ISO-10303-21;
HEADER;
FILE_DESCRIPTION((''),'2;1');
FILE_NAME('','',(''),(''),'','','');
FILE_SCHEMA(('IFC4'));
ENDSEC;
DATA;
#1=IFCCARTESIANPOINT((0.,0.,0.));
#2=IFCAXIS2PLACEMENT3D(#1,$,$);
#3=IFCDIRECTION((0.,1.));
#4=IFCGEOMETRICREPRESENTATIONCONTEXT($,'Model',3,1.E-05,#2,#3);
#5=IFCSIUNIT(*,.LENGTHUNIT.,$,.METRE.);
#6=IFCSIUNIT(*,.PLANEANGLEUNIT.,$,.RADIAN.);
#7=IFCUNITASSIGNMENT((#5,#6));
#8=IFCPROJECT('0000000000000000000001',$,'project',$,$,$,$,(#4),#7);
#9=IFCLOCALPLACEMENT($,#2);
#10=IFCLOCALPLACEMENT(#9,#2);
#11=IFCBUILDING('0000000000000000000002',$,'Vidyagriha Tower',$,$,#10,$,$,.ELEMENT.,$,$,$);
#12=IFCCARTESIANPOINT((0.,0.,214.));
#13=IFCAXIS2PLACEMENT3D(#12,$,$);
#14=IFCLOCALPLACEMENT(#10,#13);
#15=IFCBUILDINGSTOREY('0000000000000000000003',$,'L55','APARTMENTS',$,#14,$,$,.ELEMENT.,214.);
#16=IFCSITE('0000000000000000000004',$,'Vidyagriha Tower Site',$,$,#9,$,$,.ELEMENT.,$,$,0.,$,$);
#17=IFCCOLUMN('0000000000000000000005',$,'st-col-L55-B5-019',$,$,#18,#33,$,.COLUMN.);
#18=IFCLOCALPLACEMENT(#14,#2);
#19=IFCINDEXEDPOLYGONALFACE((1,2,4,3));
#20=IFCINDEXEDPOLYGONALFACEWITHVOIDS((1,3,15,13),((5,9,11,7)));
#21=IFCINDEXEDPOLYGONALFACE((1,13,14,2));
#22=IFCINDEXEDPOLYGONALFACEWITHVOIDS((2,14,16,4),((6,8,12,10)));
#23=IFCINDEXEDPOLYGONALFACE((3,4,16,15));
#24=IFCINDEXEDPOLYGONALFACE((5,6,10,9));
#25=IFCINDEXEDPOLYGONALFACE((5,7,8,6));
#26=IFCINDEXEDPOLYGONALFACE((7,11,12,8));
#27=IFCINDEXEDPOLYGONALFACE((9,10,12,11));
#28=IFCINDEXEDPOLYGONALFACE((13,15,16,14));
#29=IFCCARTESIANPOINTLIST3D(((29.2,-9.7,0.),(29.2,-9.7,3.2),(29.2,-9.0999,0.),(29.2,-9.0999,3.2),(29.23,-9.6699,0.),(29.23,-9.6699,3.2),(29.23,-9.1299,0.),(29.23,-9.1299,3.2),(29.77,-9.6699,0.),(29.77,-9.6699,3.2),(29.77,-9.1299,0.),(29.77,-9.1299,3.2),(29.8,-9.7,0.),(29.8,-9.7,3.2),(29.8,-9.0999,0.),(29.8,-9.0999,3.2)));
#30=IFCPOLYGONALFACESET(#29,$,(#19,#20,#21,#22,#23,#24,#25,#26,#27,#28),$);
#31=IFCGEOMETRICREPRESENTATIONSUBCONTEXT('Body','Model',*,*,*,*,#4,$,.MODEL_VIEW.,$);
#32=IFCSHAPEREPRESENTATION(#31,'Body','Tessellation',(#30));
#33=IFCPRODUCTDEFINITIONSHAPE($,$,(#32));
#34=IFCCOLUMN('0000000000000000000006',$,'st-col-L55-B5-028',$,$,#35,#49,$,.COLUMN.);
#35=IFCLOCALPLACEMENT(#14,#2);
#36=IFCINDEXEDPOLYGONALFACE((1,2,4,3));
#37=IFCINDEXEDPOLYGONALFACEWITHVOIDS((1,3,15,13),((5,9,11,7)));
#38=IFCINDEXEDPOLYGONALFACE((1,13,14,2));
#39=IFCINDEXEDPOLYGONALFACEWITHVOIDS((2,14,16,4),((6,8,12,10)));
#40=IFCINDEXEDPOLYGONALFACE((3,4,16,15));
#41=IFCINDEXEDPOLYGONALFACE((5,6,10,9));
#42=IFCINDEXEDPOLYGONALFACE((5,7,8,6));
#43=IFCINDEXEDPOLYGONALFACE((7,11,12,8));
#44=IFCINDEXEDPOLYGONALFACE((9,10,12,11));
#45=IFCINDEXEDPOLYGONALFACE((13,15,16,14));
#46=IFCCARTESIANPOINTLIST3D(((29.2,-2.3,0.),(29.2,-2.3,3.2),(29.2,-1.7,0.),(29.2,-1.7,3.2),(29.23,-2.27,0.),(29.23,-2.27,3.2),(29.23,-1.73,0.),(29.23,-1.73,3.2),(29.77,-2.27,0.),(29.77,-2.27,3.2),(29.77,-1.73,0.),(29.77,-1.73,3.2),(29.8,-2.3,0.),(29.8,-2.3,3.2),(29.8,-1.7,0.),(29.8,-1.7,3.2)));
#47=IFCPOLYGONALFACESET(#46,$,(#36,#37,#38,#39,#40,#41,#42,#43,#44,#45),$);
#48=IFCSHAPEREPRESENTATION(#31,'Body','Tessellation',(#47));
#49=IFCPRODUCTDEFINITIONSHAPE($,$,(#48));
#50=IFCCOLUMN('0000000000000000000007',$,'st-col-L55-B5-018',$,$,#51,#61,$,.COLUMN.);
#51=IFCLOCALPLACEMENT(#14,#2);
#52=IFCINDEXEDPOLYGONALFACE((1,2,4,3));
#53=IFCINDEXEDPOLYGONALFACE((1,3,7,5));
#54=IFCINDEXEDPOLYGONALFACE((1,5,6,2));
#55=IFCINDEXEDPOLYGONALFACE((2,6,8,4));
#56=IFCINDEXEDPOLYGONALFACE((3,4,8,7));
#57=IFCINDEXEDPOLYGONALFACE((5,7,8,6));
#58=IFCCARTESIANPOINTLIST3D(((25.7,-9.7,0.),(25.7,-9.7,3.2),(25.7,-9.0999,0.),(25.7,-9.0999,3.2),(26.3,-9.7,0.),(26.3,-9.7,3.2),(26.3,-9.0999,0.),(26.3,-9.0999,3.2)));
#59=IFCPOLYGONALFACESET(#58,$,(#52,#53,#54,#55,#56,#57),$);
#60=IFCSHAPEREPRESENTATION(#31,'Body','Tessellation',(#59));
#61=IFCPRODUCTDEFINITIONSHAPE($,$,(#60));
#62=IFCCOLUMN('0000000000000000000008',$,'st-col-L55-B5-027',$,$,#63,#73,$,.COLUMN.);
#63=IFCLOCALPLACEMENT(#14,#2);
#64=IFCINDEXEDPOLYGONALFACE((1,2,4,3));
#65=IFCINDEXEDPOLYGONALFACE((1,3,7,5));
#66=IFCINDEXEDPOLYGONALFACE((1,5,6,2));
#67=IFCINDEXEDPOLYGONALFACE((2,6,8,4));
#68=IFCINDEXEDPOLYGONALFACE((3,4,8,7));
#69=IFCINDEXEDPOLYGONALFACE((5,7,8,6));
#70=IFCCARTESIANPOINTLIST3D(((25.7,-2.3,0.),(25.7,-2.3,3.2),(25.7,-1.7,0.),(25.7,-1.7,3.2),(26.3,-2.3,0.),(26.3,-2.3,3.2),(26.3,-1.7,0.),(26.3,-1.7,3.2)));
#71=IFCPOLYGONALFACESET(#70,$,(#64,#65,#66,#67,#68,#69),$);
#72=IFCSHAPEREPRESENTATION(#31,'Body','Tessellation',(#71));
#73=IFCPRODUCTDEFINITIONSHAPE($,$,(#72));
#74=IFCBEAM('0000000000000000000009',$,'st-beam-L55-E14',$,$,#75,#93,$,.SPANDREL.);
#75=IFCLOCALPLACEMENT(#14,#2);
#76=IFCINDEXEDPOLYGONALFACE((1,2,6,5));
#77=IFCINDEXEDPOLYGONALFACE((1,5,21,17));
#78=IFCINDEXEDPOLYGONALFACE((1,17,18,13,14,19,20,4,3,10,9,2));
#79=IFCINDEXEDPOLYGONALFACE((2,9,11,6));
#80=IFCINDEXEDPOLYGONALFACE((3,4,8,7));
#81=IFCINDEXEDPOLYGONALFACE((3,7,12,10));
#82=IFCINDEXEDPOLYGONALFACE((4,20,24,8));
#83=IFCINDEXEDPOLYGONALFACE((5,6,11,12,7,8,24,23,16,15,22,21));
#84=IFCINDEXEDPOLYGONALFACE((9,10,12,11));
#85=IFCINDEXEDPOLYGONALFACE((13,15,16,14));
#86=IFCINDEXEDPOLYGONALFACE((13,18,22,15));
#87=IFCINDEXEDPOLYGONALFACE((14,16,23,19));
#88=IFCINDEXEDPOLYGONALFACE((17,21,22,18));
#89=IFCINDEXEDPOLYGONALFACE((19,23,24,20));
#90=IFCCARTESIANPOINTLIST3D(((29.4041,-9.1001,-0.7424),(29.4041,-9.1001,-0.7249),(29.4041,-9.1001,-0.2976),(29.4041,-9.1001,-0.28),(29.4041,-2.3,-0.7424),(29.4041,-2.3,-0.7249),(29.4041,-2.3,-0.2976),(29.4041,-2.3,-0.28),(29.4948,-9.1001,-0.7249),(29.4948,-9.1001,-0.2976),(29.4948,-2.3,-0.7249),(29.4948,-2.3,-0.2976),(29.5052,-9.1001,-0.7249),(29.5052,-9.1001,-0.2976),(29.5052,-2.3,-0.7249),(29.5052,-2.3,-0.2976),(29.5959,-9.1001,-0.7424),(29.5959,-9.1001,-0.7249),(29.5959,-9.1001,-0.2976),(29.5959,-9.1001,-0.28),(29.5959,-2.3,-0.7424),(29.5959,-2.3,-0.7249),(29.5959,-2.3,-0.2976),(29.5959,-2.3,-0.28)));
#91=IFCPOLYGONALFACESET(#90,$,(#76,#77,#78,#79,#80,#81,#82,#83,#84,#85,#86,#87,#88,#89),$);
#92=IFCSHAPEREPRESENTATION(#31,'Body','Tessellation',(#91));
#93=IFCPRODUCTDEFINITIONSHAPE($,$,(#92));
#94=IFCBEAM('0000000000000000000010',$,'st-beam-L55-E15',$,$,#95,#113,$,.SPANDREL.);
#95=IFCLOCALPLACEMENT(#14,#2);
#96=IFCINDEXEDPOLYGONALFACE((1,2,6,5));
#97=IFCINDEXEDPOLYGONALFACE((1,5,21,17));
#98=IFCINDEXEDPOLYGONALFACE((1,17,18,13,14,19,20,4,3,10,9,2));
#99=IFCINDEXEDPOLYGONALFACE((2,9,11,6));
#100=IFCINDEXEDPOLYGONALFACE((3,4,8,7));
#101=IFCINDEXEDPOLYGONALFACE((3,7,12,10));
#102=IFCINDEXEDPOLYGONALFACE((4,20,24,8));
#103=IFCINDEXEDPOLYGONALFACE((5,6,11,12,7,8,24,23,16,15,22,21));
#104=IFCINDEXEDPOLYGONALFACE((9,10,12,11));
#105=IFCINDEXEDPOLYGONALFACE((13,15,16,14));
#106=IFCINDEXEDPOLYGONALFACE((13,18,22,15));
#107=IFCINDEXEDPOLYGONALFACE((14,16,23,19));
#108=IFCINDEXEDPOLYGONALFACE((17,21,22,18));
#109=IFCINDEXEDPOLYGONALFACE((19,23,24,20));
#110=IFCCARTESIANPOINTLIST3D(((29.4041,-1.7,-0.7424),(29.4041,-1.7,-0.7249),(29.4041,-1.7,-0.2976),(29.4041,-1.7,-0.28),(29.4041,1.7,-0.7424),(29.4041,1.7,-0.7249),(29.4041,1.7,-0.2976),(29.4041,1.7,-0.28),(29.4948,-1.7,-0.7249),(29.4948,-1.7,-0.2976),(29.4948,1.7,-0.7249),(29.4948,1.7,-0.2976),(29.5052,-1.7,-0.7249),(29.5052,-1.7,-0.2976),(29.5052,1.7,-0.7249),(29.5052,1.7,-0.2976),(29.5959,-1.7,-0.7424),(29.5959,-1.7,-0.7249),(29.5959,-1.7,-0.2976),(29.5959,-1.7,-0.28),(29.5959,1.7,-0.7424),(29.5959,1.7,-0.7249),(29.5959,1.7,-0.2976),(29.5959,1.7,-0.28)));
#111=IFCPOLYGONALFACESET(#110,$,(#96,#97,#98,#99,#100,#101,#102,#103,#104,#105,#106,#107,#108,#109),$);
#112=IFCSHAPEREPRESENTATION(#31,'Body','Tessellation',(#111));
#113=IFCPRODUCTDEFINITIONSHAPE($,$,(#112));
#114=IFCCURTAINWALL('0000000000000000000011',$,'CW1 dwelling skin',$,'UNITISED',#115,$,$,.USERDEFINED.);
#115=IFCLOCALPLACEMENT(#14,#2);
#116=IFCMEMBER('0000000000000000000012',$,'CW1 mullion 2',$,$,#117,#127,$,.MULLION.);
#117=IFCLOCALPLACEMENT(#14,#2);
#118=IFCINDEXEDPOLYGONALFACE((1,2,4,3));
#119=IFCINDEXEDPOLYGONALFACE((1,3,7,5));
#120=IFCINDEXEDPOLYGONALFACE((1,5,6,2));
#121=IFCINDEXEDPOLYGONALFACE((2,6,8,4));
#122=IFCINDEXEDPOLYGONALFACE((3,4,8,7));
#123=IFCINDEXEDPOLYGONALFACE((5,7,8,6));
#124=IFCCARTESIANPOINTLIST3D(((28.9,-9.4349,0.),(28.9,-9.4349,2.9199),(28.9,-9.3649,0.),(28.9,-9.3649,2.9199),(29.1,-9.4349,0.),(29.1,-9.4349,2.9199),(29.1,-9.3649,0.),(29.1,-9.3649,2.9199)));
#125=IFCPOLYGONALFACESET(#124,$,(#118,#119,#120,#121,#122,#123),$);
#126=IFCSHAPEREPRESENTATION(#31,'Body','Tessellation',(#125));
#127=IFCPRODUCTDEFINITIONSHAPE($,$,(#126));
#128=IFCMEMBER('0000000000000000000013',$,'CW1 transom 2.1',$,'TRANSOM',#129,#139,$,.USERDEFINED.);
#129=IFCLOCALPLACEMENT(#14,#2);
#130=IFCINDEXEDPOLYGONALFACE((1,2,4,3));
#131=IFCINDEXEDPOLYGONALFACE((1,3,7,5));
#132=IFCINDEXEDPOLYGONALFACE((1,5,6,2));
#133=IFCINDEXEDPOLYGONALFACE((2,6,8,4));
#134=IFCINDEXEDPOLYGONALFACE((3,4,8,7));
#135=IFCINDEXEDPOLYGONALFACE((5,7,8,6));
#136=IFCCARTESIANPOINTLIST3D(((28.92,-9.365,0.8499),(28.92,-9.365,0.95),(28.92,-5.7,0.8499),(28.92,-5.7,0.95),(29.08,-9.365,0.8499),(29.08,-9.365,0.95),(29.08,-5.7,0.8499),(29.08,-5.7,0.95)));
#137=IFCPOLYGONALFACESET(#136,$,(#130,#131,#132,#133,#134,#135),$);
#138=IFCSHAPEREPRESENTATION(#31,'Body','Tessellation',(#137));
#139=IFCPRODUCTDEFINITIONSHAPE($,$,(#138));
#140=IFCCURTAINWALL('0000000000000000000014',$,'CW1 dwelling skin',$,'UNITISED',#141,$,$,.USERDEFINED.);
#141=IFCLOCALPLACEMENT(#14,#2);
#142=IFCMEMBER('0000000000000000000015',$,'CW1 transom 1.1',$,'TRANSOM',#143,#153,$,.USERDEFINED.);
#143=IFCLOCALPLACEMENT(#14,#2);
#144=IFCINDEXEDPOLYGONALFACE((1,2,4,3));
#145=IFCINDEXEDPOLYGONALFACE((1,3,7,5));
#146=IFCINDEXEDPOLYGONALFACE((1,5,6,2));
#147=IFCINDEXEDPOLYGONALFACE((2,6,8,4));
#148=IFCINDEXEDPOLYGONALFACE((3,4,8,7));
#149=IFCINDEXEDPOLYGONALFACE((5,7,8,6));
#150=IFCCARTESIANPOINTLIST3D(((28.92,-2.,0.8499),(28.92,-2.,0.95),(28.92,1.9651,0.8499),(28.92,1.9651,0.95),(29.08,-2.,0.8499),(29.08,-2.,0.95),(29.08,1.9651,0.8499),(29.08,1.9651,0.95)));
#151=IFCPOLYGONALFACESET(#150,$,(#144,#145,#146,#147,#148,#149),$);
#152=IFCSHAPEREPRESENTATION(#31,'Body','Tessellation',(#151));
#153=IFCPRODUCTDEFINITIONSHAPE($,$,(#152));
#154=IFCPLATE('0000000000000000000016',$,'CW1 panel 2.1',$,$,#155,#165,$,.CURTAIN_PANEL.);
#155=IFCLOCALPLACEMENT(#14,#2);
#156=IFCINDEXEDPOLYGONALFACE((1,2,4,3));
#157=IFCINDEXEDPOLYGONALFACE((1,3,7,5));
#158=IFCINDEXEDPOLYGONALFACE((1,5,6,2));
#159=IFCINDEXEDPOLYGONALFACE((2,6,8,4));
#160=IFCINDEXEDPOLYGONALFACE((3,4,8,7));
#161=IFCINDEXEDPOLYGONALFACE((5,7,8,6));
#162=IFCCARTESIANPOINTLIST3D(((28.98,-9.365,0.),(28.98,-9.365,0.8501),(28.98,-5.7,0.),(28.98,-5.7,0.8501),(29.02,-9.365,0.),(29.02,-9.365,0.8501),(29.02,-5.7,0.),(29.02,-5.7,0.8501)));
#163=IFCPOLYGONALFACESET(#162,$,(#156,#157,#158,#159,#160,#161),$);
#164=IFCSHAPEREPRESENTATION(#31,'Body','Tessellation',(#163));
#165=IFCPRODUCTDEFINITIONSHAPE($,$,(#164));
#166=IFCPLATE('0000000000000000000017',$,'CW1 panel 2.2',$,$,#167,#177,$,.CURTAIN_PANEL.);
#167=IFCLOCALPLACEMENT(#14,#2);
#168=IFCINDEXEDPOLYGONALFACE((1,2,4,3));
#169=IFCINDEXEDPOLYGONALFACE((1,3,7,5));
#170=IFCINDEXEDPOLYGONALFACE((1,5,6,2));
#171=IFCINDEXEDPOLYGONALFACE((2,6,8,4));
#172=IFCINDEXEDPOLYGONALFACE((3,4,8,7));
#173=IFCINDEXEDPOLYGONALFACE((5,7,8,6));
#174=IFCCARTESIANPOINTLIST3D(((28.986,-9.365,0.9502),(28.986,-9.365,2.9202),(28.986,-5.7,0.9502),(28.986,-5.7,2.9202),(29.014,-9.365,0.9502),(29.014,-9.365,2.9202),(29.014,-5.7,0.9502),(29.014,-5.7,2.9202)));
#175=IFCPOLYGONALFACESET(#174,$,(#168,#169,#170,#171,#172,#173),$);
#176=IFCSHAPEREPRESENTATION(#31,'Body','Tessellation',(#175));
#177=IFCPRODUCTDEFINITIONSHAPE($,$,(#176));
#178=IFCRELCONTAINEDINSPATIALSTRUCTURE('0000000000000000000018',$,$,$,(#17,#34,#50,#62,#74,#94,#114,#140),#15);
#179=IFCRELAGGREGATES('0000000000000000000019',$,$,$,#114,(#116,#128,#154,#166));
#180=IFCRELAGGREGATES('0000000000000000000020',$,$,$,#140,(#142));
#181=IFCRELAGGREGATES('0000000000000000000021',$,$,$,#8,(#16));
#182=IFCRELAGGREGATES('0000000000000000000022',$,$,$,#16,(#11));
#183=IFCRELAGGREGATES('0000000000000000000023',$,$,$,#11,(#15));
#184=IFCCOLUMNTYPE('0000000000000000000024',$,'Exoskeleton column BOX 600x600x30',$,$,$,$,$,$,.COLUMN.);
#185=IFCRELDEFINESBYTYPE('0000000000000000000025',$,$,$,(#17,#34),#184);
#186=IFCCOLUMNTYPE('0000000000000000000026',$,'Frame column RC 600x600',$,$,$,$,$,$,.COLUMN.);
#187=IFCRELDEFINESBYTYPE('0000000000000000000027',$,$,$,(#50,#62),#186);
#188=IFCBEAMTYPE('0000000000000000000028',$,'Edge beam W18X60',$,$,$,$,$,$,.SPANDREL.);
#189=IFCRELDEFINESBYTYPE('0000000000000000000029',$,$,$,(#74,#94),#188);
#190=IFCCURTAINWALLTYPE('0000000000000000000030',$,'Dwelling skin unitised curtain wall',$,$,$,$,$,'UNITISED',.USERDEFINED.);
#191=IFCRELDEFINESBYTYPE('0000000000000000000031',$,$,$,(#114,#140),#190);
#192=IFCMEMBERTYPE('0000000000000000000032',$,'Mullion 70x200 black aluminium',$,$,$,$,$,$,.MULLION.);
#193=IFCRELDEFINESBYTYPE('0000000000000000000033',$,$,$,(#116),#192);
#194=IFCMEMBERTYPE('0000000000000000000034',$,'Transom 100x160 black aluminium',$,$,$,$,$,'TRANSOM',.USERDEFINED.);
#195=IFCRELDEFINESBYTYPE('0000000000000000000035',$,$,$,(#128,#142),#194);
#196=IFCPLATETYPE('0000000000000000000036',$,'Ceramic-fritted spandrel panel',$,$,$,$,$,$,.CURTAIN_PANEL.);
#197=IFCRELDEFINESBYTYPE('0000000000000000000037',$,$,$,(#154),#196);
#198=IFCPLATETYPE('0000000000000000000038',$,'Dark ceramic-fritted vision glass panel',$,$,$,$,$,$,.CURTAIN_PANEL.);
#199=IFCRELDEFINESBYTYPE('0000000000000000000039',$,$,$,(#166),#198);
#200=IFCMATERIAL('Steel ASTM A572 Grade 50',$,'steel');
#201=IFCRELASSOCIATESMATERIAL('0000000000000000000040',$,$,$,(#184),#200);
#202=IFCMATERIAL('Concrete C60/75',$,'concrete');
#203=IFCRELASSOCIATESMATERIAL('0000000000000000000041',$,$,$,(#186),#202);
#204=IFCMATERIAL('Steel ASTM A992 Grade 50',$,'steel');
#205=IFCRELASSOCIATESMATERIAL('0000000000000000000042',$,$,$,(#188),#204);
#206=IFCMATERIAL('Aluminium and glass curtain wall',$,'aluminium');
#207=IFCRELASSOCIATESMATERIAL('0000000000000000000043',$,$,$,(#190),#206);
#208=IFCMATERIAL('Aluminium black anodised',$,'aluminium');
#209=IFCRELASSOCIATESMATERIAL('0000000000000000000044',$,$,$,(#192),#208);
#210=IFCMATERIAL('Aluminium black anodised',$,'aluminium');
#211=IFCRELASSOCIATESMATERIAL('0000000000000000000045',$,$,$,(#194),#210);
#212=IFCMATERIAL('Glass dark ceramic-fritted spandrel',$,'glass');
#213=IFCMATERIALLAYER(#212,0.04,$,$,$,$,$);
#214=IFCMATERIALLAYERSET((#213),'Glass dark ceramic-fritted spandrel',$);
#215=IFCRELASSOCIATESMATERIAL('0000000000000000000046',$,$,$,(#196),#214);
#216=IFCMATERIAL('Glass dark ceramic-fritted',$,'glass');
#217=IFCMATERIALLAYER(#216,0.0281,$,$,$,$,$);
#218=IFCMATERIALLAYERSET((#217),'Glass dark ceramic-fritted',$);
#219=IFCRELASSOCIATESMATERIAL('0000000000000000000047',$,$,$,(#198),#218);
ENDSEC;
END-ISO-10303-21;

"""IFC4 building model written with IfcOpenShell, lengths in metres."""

from ifc_helpers import new_model, si_unit, direction, frame, origin, origin_2d, place, context, subcontext, project, spatial, rectangle, hollow_rectangle, i_section, extrude, material, layer, layer_set, material_profile, profile_set, type_object, element, aggregate, save


model = new_model("IFC4")

# Units and contexts
model_context = context("Model", 3, precision=1e-05, world=origin(), true_north=direction((0.0, 1.0)))
body_context = subcontext(model_context, "Body", "Model", "MODEL_VIEW")
ifc_project = project(units=[si_unit("LENGTHUNIT", "METRE"), si_unit("PLANEANGLEUNIT", "RADIAN")], contexts=[model_context])

# Site, building, storey
site_placement = place(None, origin())
site = spatial("IfcSite", under=ifc_project, at=site_placement, Name="Vidyagriha Tower Site", CompositionType="ELEMENT", RefElevation=0.0)
building_placement = place(site_placement, origin())
building = spatial("IfcBuilding", under=site, at=building_placement, Name="Vidyagriha Tower", CompositionType="ELEMENT")
storey_placement = place(building_placement, frame((0.0, 0.0, 214.0)))
storey = spatial("IfcBuildingStorey", under=building, at=storey_placement, Name="L55", Description="APARTMENTS", CompositionType="ELEMENT", Elevation=214.0)

# Columns
ifc_material_1 = material(Name="Steel ASTM A572 Grade 50", Category="steel")
ifc_material_profile_1 = material_profile(ifc_material_1, hollow_rectangle(XDim=0.6001, YDim=0.6001, WallThickness=0.03, at=origin_2d()), Name="BOX 600x600x30")
ifc_profile_set_1 = profile_set([ifc_material_profile_1], Name="Steel ASTM A572 Grade 50")
column_type_1 = type_object("IfcColumnType", Name="Exoskeleton column BOX 600x600x30", PredefinedType="COLUMN", material=ifc_profile_set_1)
for number, where, name in (
    (1, (29.5, -9.3999, 0.0), "st-col-L55-B5-019"),
    (2, (29.5, -2.0, 0.0), "st-col-L55-B5-028"),
):
    element("IfcColumn", number, at=place(storey_placement, frame(where)), inside=storey, type_object=column_type_1, Name=name, PredefinedType="COLUMN", context=body_context, shape_type="SweptSolid", body=[
        extrude(hollow_rectangle(XDim=0.6001, YDim=0.6001, WallThickness=0.03, at=origin_2d()), origin(), (0.0, 0.0, 1.0), 3.2),
    ])
ifc_material_2 = material(Name="Concrete C60/75", Category="concrete")
ifc_material_profile_2 = material_profile(ifc_material_2, rectangle(XDim=0.6001, YDim=0.6001, at=origin_2d()), Name="RC 600x600")
ifc_profile_set_2 = profile_set([ifc_material_profile_2], Name="Concrete C60/75")
column_type_2 = type_object("IfcColumnType", Name="Frame column RC 600x600", PredefinedType="COLUMN", material=ifc_profile_set_2)
for number, where, name in (
    (3, (26.0, -9.3999, 0.0), "st-col-L55-B5-018"),
    (4, (26.0, -2.0, 0.0), "st-col-L55-B5-027"),
):
    element("IfcColumn", number, at=place(storey_placement, frame(where)), inside=storey, type_object=column_type_2, Name=name, PredefinedType="COLUMN", context=body_context, shape_type="SweptSolid", body=[
        extrude(rectangle(XDim=0.6001, YDim=0.6001, at=origin_2d()), origin(), (0.0, 0.0, 1.0), 3.2),
    ])

# Beams
ifc_material_3 = material(Name="Steel ASTM A992 Grade 50", Category="steel")
ifc_material_profile_3 = material_profile(ifc_material_3, i_section(OverallWidth=0.1919, OverallDepth=0.4624, WebThickness=0.0105, FlangeThickness=0.0176, at=origin_2d()), Name="W18X60")
ifc_profile_set_3 = profile_set([ifc_material_profile_3], Name="Steel ASTM A992 Grade 50")
beam_type = type_object("IfcBeamType", Name="Edge beam W18X60", PredefinedType="SPANDREL", material=ifc_profile_set_3)
beam_1_placement = place(storey_placement, frame((29.5, -9.1001, -0.5112), z_axis=(0.0, 1.0, 0.0), x_axis=(-1.0, 0.0, 0.0)))
element("IfcBeam", 5, at=beam_1_placement, inside=storey, type_object=beam_type, Name="st-beam-L55-E14", PredefinedType="SPANDREL", context=body_context, shape_type="SweptSolid", body=[
    extrude(i_section(OverallWidth=0.1919, OverallDepth=0.4624, WebThickness=0.0105, FlangeThickness=0.0176, at=origin_2d()), origin(), (0.0, 0.0, 1.0), 6.8),
])
beam_2_placement = place(storey_placement, frame((29.5, -1.7, -0.5112), z_axis=(0.0, 1.0, 0.0), x_axis=(-1.0, 0.0, 0.0)))
element("IfcBeam", 6, at=beam_2_placement, inside=storey, type_object=beam_type, Name="st-beam-L55-E15", PredefinedType="SPANDREL", context=body_context, shape_type="SweptSolid", body=[
    extrude(i_section(OverallWidth=0.1919, OverallDepth=0.4624, WebThickness=0.0105, FlangeThickness=0.0176, at=origin_2d()), origin(), (0.0, 0.0, 1.0), 3.3999),
])

# Curtain wall, members
ifc_material_4 = material(Name="Aluminium and glass curtain wall", Category="aluminium")
curtain_wall_type = type_object("IfcCurtainWallType", Name="Dwelling skin unitised curtain wall", ElementType="UNITISED", PredefinedType="USERDEFINED", material=ifc_material_4)
curtain_wall_1_placement = place(storey_placement, origin())
curtain_wall_1 = element("IfcCurtainWall", 7, at=curtain_wall_1_placement, inside=storey, type_object=curtain_wall_type, Name="CW1 dwelling skin", ObjectType="UNITISED", PredefinedType="USERDEFINED")
ifc_material_5 = material(Name="Aluminium black anodised", Category="aluminium")
ifc_material_profile_4 = material_profile(ifc_material_5, rectangle(XDim=0.2, YDim=0.0701, at=origin_2d()), Name="Mullion 70x200 black aluminium")
ifc_profile_set_4 = profile_set([ifc_material_profile_4], Name="Aluminium black anodised")
member_type_1 = type_object("IfcMemberType", Name="Mullion 70x200 black aluminium", PredefinedType="MULLION", material=ifc_profile_set_4)
member_1_placement = place(storey_placement, frame((29.0, -9.3999, 0.0), z_axis=(0.0, 0.0, 1.0), x_axis=(-1.0, 0.0, 0.0)))
member_1 = element("IfcMember", 8, at=member_1_placement, type_object=member_type_1, Name="CW1 mullion 2", PredefinedType="MULLION", context=body_context, shape_type="SweptSolid", body=[
    extrude(rectangle(XDim=0.2, YDim=0.0701, at=origin_2d()), origin(), (0.0, 0.0, 1.0), 2.9199),
])
ifc_material_6 = material(Name="Aluminium black anodised", Category="aluminium")
ifc_material_profile_5 = material_profile(ifc_material_6, rectangle(XDim=0.1599, YDim=0.1001, at=origin_2d()), Name="Transom 100x160 black aluminium")
ifc_profile_set_5 = profile_set([ifc_material_profile_5], Name="Aluminium black anodised")
member_type_2 = type_object("IfcMemberType", Name="Transom 100x160 black aluminium", ElementType="TRANSOM", PredefinedType="USERDEFINED", material=ifc_profile_set_5)
member_2_placement = place(storey_placement, frame((29.0, -9.365, 0.8999), z_axis=(0.0, 1.0, 0.0), x_axis=(-1.0, 0.0, 0.0)))
member_2 = element("IfcMember", 9, at=member_2_placement, type_object=member_type_2, Name="CW1 transom 2.1", ObjectType="TRANSOM", PredefinedType="USERDEFINED", context=body_context, shape_type="SweptSolid", body=[
    extrude(rectangle(XDim=0.1599, YDim=0.1001, at=origin_2d()), origin(), (0.0, 0.0, 1.0), 3.665),
])

# Curtain wall, member
curtain_wall_2_placement = place(storey_placement, origin())
curtain_wall_2 = element("IfcCurtainWall", 10, at=curtain_wall_2_placement, inside=storey, type_object=curtain_wall_type, Name="CW1 dwelling skin", ObjectType="UNITISED", PredefinedType="USERDEFINED")
member_3_placement = place(storey_placement, frame((29.0, -2.0, 0.8999), z_axis=(0.0, 1.0, 0.0), x_axis=(-1.0, 0.0, 0.0)))
member_3 = element("IfcMember", 11, at=member_3_placement, type_object=member_type_2, Name="CW1 transom 1.1", ObjectType="TRANSOM", PredefinedType="USERDEFINED", context=body_context, shape_type="SweptSolid", body=[
    extrude(rectangle(XDim=0.1599, YDim=0.1001, at=origin_2d()), origin(), (0.0, 0.0, 1.0), 3.9651),
])

# Plates
ifc_material_7 = material(Name="Glass dark ceramic-fritted spandrel", Category="glass")
ifc_layer_1 = layer(ifc_material_7, 0.04)
ifc_layer_set_1 = layer_set([ifc_layer_1], Name="Glass dark ceramic-fritted spandrel")
plate_type_1 = type_object("IfcPlateType", Name="Ceramic-fritted spandrel panel", PredefinedType="CURTAIN_PANEL", material=ifc_layer_set_1)
plate_1_placement = place(storey_placement, frame((29.0, -7.5325, 0.0), z_axis=(0.0, 0.0, 1.0), x_axis=(0.0, 1.0, 0.0)))
plate_1 = element("IfcPlate", 12, at=plate_1_placement, type_object=plate_type_1, Name="CW1 panel 2.1", PredefinedType="CURTAIN_PANEL", context=body_context, shape_type="SweptSolid", body=[
    extrude(rectangle(XDim=3.665, YDim=0.04, at=origin_2d()), origin(), (0.0, 0.0, 1.0), 0.8501),
])
ifc_material_8 = material(Name="Glass dark ceramic-fritted", Category="glass")
ifc_layer_2 = layer(ifc_material_8, 0.0281)
ifc_layer_set_2 = layer_set([ifc_layer_2], Name="Glass dark ceramic-fritted")
plate_type_2 = type_object("IfcPlateType", Name="Dark ceramic-fritted vision glass panel", PredefinedType="CURTAIN_PANEL", material=ifc_layer_set_2)
plate_2_placement = place(storey_placement, frame((29.0, -7.5325, 0.9502), z_axis=(0.0, 0.0, 1.0), x_axis=(0.0, 1.0, 0.0)))
plate_2 = element("IfcPlate", 13, at=plate_2_placement, type_object=plate_type_2, Name="CW1 panel 2.2", PredefinedType="CURTAIN_PANEL", context=body_context, shape_type="SweptSolid", body=[
    extrude(rectangle(XDim=3.665, YDim=0.0281, at=origin_2d()), origin(), (0.0, 0.0, 1.0), 1.97),
])
aggregate(curtain_wall_1, [member_1, member_2, plate_1, plate_2])
aggregate(curtain_wall_2, [member_3])

save(model, "model.ifc")
